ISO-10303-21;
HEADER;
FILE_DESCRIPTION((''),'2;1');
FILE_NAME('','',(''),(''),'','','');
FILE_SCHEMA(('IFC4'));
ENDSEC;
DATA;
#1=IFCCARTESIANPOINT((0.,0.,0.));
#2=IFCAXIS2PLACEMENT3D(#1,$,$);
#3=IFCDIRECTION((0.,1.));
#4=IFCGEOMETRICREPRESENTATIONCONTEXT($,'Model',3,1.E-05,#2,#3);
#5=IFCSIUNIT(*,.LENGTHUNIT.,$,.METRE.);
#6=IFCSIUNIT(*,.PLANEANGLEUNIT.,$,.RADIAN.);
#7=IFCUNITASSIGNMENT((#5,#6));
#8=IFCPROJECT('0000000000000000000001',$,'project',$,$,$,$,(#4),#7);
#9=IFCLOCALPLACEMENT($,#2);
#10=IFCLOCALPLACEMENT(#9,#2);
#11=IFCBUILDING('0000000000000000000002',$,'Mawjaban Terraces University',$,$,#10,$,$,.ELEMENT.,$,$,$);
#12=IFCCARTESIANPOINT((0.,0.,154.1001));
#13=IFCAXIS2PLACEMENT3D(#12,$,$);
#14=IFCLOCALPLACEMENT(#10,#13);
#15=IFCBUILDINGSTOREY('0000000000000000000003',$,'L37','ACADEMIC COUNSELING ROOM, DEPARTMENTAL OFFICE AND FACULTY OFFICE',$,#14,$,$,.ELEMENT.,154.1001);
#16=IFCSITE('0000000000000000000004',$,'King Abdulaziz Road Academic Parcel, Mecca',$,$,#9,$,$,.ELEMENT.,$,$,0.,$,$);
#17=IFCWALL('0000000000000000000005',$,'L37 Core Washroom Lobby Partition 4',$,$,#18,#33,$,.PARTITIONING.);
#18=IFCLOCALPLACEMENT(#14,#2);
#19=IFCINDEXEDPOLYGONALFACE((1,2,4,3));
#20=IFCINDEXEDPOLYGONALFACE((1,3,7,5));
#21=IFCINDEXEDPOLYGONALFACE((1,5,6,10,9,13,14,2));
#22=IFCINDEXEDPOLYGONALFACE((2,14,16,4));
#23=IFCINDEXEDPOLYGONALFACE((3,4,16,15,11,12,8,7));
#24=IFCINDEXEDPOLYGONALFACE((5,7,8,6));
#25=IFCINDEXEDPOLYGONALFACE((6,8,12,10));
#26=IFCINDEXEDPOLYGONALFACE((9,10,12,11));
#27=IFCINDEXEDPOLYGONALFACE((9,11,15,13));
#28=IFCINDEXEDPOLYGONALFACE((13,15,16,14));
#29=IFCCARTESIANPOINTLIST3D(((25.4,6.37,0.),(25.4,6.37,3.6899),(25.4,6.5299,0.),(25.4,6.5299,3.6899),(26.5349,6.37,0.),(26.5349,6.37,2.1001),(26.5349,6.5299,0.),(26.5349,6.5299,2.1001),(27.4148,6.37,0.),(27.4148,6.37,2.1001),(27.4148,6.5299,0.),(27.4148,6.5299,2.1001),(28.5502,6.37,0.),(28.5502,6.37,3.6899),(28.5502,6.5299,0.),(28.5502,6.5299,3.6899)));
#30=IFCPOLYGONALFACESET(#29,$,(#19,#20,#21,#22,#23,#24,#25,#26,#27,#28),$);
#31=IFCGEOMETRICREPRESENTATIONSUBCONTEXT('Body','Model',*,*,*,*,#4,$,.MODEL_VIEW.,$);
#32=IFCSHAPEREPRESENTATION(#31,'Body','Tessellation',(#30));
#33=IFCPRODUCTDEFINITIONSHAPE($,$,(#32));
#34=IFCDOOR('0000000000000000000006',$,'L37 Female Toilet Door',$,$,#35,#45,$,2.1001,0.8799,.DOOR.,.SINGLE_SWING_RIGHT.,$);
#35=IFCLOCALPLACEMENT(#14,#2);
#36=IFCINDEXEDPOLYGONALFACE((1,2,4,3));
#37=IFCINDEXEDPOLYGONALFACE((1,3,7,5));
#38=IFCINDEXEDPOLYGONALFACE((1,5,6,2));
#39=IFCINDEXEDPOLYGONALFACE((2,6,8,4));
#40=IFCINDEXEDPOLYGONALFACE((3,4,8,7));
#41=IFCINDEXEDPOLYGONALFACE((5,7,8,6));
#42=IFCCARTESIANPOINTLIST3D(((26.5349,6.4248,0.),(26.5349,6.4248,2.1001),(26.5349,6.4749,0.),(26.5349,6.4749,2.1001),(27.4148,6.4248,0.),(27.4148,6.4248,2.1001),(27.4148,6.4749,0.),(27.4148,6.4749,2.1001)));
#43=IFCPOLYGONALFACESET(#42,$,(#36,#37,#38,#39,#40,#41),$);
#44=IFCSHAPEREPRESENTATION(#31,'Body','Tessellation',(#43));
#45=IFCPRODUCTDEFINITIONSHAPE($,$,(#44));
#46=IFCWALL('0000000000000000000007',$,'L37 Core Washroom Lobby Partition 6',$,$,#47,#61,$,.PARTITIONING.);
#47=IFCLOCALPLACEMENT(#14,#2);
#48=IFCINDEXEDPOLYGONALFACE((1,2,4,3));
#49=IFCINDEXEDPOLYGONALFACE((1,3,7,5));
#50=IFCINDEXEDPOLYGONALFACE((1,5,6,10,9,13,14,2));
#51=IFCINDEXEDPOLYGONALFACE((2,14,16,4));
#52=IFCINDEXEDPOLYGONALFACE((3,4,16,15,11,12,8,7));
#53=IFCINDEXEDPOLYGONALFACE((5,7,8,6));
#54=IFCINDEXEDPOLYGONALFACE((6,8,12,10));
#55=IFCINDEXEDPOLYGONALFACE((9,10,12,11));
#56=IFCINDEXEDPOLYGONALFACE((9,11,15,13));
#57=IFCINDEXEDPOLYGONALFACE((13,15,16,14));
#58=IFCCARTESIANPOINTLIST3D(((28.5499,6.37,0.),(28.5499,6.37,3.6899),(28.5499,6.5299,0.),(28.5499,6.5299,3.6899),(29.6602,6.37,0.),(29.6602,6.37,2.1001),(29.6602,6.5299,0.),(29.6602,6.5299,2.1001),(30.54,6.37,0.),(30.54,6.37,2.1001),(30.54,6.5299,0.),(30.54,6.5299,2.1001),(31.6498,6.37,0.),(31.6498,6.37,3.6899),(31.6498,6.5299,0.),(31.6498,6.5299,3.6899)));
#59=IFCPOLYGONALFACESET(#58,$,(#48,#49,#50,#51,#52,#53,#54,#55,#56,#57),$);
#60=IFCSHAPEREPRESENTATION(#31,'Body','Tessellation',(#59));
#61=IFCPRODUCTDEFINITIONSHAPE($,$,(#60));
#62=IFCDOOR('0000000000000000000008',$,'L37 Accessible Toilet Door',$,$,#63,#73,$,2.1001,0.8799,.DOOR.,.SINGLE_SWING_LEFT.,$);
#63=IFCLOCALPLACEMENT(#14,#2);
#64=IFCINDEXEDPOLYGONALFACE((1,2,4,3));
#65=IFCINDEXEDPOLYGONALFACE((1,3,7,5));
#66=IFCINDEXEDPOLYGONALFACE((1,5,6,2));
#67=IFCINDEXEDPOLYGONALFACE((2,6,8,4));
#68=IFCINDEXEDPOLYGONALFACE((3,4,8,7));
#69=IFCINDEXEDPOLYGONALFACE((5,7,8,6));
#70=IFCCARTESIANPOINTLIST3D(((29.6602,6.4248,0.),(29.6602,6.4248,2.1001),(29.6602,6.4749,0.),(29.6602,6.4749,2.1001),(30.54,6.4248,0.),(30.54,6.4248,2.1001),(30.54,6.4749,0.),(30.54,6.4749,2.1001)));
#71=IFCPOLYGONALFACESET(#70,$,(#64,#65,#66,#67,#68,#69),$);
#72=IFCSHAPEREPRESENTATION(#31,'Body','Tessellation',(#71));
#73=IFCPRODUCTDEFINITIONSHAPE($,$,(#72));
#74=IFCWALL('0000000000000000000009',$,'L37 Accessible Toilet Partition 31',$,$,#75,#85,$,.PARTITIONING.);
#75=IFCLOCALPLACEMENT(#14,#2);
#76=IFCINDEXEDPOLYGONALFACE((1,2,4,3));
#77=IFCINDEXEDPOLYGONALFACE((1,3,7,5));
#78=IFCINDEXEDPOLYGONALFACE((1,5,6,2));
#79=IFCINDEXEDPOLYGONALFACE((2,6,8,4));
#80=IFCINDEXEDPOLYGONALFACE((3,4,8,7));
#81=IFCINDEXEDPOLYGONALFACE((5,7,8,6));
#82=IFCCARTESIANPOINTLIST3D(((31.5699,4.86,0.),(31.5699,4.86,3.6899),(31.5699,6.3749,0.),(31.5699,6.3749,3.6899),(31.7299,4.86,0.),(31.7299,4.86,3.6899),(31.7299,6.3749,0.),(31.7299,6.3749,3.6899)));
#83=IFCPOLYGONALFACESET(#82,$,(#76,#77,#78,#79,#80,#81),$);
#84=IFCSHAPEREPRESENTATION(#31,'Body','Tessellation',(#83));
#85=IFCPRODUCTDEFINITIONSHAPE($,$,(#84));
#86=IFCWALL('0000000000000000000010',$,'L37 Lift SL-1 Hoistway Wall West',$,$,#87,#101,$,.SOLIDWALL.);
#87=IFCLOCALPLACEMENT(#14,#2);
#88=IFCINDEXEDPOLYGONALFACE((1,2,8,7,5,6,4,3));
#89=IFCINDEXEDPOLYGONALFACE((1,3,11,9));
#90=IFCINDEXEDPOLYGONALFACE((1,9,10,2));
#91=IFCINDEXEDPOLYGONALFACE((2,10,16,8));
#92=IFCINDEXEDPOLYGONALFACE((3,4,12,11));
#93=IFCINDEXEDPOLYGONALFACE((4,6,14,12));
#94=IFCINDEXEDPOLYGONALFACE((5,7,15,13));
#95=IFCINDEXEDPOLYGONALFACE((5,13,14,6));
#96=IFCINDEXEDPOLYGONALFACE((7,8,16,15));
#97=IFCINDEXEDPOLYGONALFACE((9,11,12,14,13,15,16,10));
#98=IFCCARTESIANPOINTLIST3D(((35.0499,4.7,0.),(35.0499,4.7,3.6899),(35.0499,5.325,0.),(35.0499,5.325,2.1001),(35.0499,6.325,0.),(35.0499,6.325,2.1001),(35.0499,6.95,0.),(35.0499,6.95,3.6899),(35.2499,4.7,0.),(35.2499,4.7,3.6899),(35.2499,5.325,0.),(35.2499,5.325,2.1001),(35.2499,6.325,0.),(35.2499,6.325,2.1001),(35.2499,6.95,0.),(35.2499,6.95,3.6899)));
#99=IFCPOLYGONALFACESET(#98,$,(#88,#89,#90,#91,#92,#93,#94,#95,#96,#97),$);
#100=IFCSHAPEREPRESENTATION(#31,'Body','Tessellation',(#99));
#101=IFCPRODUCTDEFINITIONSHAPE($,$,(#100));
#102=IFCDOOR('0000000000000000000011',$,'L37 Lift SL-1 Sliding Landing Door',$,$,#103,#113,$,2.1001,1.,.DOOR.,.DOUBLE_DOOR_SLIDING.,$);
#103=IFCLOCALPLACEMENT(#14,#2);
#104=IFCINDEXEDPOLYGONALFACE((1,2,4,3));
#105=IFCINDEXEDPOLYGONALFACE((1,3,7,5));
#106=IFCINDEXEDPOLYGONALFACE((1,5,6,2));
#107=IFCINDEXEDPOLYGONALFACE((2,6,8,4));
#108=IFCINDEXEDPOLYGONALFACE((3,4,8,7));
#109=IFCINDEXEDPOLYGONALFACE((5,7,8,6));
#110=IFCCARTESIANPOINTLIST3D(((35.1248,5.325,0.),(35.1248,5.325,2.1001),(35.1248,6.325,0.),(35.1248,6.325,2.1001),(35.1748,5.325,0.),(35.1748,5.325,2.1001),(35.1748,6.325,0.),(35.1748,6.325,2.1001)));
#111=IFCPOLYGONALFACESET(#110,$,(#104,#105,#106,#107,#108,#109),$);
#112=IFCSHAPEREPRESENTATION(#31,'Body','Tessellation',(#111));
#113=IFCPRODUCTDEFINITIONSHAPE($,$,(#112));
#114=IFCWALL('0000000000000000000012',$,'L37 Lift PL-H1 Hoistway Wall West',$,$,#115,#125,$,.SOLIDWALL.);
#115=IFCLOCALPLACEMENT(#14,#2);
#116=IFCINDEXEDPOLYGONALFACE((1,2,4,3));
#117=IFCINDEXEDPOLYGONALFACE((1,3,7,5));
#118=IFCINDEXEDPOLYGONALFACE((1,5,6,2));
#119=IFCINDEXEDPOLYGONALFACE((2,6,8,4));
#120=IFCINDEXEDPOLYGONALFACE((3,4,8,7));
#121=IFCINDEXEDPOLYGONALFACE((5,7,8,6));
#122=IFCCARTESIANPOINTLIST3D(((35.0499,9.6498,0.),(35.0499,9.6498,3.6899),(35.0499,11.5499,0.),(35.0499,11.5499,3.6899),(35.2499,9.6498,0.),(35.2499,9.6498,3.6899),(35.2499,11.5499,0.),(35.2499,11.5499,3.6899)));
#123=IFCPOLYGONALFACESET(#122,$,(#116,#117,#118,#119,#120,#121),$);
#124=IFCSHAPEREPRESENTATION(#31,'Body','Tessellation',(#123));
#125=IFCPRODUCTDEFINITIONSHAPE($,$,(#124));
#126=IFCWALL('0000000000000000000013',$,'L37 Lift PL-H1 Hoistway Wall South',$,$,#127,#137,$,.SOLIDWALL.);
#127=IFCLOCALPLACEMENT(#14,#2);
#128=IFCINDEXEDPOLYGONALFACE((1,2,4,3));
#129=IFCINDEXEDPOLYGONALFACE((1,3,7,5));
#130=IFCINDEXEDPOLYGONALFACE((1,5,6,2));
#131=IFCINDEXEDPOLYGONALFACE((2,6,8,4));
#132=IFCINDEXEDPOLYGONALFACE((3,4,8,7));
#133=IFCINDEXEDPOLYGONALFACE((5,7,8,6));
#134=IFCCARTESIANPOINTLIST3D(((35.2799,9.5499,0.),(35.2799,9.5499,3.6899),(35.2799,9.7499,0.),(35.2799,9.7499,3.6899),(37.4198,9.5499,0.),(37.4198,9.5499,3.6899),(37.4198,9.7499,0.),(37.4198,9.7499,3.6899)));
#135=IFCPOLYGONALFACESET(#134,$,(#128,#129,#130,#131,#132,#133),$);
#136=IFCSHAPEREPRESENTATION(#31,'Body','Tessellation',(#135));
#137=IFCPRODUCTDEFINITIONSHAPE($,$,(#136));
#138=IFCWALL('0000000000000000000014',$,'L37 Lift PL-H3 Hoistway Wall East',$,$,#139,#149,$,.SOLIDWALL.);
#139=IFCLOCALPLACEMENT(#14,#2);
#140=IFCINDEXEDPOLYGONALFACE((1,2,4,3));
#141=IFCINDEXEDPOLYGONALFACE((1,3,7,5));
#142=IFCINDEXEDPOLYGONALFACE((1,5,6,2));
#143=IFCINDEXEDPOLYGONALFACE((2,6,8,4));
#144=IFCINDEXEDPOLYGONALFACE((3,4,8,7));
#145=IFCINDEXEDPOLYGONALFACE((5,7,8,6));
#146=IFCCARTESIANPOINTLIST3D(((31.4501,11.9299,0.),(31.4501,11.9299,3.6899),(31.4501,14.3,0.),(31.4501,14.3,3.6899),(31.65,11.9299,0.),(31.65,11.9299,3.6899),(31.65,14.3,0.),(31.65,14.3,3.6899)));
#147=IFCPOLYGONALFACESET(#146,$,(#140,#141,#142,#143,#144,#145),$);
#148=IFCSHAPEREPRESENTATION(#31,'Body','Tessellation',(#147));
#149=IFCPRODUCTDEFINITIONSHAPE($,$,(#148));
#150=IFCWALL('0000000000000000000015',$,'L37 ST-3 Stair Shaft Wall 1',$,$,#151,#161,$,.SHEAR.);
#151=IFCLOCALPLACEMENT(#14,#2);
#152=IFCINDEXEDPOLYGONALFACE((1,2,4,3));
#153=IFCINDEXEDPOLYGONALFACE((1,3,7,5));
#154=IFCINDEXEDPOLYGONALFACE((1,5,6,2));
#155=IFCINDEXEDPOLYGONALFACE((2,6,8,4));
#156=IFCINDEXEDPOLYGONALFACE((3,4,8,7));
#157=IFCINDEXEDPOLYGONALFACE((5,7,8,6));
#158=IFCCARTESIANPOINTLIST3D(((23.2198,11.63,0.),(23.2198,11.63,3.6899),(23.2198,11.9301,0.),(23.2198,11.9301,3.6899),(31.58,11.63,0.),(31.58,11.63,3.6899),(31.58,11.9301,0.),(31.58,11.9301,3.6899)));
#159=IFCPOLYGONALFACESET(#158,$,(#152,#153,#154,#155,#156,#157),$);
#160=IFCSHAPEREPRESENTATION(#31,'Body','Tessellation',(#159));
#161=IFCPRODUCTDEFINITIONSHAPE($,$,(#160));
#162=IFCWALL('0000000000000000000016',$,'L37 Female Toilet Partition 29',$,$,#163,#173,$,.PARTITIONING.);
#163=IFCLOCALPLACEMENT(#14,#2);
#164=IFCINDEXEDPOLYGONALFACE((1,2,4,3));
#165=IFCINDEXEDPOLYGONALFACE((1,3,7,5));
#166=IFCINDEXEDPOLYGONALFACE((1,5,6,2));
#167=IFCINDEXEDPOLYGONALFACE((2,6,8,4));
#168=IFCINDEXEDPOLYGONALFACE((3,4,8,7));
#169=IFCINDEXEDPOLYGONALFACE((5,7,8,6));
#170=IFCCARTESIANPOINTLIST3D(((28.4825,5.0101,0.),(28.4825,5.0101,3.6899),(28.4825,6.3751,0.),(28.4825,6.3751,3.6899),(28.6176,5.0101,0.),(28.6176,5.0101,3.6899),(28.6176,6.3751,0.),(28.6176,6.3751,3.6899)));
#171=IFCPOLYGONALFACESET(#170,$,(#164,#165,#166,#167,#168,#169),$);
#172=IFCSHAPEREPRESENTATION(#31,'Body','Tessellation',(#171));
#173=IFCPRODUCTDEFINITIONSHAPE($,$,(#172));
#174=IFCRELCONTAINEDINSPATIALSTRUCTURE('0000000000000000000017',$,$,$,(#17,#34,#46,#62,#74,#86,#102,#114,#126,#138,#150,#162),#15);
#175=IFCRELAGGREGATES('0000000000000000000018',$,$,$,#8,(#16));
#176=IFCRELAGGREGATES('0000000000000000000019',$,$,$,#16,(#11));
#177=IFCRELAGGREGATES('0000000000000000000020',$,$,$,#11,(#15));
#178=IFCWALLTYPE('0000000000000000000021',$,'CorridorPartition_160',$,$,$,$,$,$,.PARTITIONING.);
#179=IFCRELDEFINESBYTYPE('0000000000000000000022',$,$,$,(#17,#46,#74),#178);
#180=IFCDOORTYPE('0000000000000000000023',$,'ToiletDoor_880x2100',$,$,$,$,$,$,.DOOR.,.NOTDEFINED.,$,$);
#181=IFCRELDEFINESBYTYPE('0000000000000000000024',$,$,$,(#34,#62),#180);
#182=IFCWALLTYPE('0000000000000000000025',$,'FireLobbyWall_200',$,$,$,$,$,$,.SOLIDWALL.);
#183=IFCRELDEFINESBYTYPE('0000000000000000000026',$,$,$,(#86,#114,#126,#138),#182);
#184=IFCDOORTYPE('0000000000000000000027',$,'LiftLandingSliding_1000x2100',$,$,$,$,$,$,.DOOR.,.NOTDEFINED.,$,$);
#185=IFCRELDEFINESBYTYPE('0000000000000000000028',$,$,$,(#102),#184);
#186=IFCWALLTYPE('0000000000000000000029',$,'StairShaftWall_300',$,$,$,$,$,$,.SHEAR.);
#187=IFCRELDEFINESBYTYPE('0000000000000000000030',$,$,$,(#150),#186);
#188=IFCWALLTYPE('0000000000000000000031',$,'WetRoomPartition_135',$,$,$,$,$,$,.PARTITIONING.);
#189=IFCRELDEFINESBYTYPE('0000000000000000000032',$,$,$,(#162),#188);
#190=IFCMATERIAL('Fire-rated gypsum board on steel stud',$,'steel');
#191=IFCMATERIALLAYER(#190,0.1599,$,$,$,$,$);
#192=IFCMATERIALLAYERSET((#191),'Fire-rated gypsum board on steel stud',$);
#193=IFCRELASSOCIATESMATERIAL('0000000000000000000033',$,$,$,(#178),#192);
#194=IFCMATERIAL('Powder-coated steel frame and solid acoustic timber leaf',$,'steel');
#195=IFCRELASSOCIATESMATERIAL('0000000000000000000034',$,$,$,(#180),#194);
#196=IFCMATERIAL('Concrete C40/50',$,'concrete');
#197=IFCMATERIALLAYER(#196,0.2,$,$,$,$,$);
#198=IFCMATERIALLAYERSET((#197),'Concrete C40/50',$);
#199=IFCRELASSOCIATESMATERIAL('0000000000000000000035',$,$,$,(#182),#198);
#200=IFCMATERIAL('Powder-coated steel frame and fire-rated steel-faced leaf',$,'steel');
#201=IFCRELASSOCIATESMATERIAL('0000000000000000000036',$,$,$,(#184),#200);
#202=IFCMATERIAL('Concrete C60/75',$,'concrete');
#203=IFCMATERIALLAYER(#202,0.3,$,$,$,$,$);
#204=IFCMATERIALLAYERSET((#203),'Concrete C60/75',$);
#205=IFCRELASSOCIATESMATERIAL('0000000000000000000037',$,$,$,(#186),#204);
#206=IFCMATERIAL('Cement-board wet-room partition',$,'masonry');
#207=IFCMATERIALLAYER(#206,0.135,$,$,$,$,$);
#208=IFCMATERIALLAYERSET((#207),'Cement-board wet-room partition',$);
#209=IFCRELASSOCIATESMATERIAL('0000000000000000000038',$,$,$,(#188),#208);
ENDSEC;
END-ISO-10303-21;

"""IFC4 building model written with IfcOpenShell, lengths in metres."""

from ifc_helpers import new_model, si_unit, direction, frame, frame_2d, origin, place, context, subcontext, project, spatial, rectangle, extrude, material, layer, layer_set, type_object, element, fill, save


model = new_model("IFC4")

# Units and contexts
model_context = context("Model", 3, precision=1e-05, world=origin(), true_north=direction((0.0, 1.0)))
body_context = subcontext(model_context, "Body", "Model", "MODEL_VIEW")
ifc_project = project(units=[si_unit("LENGTHUNIT", "METRE"), si_unit("PLANEANGLEUNIT", "RADIAN")], contexts=[model_context])

# Site, building, storey
site_placement = place(None, origin())
site = spatial("IfcSite", under=ifc_project, at=site_placement, Name="King Abdulaziz Road Academic Parcel, Mecca", CompositionType="ELEMENT", RefElevation=0.0)
building_placement = place(site_placement, origin())
building = spatial("IfcBuilding", under=site, at=building_placement, Name="Mawjaban Terraces University", CompositionType="ELEMENT")
storey_placement = place(building_placement, frame((0.0, 0.0, 154.1001)))
storey = spatial("IfcBuildingStorey", under=building, at=storey_placement, Name="L37", Description="ACADEMIC COUNSELING ROOM, DEPARTMENTAL OFFICE AND FACULTY OFFICE", CompositionType="ELEMENT", Elevation=154.1001)

# Walls, openings, doors
ifc_material_1 = material(Name="Fire-rated gypsum board on steel stud", Category="steel")
ifc_layer_1 = layer(ifc_material_1, 0.1599)
ifc_layer_set_1 = layer_set([ifc_layer_1], Name="Fire-rated gypsum board on steel stud")
wall_type_1 = type_object("IfcWallType", Name="CorridorPartition_160", PredefinedType="PARTITIONING", material=ifc_layer_set_1)
wall_1_placement = place(storey_placement, frame((25.3999, 6.45, 0.0), z_axis=(0.0, 0.0, 1.0), x_axis=(1.0, 0.0, 0.0)))
wall_1 = element("IfcWall", 1, at=wall_1_placement, inside=storey, type_object=wall_type_1, Name="L37 Core Washroom Lobby Partition 4", PredefinedType="PARTITIONING", context=body_context, shape_type="SweptSolid", body=[
    extrude(rectangle(XDim=3.1501, YDim=0.1599, at=frame_2d((1.5752, 0.0))), origin(), (0.0, 0.0, 1.0), 3.6899),
])
opening_1_placement = place(wall_1_placement, frame((1.135, 0.0, 0.0)))
opening_1 = element("IfcOpeningElement", 2, at=opening_1_placement, cuts=wall_1, PredefinedType="OPENING", context=body_context, shape_type="SweptSolid", body=[
    extrude(rectangle(XDim=0.8799, YDim=2.1001, at=frame_2d((0.4399, 1.05))), frame((0.0, 0.0898, 0.0), z_axis=(0.0, -1.0, 0.0), x_axis=(1.0, 0.0, 0.0)), (0.0, 0.0, 1.0), 0.1799),
])
ifc_material_2 = material(Name="Powder-coated steel frame and solid acoustic timber leaf", Category="steel")
door_type_1 = type_object("IfcDoorType", Name="ToiletDoor_880x2100", OperationType="NOTDEFINED", PredefinedType="DOOR", material=ifc_material_2)
door_1_placement = place(opening_1_placement, origin())
door_1 = element("IfcDoor", 3, at=door_1_placement, inside=storey, type_object=door_type_1, Name="L37 Female Toilet Door", OperationType="SINGLE_SWING_RIGHT", OverallHeight=2.1001, OverallWidth=0.8799, PredefinedType="DOOR", context=body_context, shape_type="SweptSolid", body=[
    extrude(rectangle(XDim=0.8799, YDim=2.1001, at=frame_2d((0.4399, 1.05))), frame((0.0, 0.0249, 0.0), z_axis=(0.0, -1.0, 0.0), x_axis=(1.0, 0.0, 0.0)), (0.0, 0.0, 1.0), 0.05),
])
fill(opening_1, door_1)
wall_2_placement = place(storey_placement, frame((28.55, 6.45, 0.0), z_axis=(0.0, 0.0, 1.0), x_axis=(1.0, 0.0, 0.0)))
wall_2 = element("IfcWall", 4, at=wall_2_placement, inside=storey, type_object=wall_type_1, Name="L37 Core Washroom Lobby Partition 6", PredefinedType="PARTITIONING", context=body_context, shape_type="SweptSolid", body=[
    extrude(rectangle(XDim=3.0999, YDim=0.1599, at=frame_2d((1.5498, 0.0))), origin(), (0.0, 0.0, 1.0), 3.6899),
])
opening_2_placement = place(wall_2_placement, frame((1.1101, 0.0, 0.0)))
opening_2 = element("IfcOpeningElement", 5, at=opening_2_placement, cuts=wall_2, PredefinedType="OPENING", context=body_context, shape_type="SweptSolid", body=[
    extrude(rectangle(XDim=0.8799, YDim=2.1001, at=frame_2d((0.4399, 1.05))), frame((0.0, 0.0898, 0.0), z_axis=(0.0, -1.0, 0.0), x_axis=(1.0, 0.0, 0.0)), (0.0, 0.0, 1.0), 0.1799),
])
door_2_placement = place(opening_2_placement, origin())
door_2 = element("IfcDoor", 6, at=door_2_placement, inside=storey, type_object=door_type_1, Name="L37 Accessible Toilet Door", OperationType="SINGLE_SWING_LEFT", OverallHeight=2.1001, OverallWidth=0.8799, PredefinedType="DOOR", context=body_context, shape_type="SweptSolid", body=[
    extrude(rectangle(XDim=0.8799, YDim=2.1001, at=frame_2d((0.4399, 1.05))), frame((0.0, 0.0249, 0.0), z_axis=(0.0, -1.0, 0.0), x_axis=(1.0, 0.0, 0.0)), (0.0, 0.0, 1.0), 0.05),
])
fill(opening_2, door_2)

# Wall
wall_3_placement = place(storey_placement, frame((31.6499, 4.8601, 0.0), z_axis=(0.0, 0.0, 1.0), x_axis=(0.0, 1.0, 0.0)))
element("IfcWall", 7, at=wall_3_placement, inside=storey, type_object=wall_type_1, Name="L37 Accessible Toilet Partition 31", PredefinedType="PARTITIONING", context=body_context, shape_type="SweptSolid", body=[
    extrude(rectangle(XDim=1.5149, YDim=0.1599, at=frame_2d((0.7573, 0.0))), origin(), (0.0, 0.0, 1.0), 3.6899),
])

# Wall, opening, door
ifc_material_3 = material(Name="Concrete C40/50", Category="concrete")
ifc_layer_2 = layer(ifc_material_3, 0.2)
ifc_layer_set_2 = layer_set([ifc_layer_2], Name="Concrete C40/50")
wall_type_2 = type_object("IfcWallType", Name="FireLobbyWall_200", PredefinedType="SOLIDWALL", material=ifc_layer_set_2)
wall_4_placement = place(storey_placement, frame((35.1499, 6.95, 0.0), z_axis=(0.0, 0.0, 1.0), x_axis=(0.0, -1.0, 0.0)))
wall_4 = element("IfcWall", 8, at=wall_4_placement, inside=storey, type_object=wall_type_2, Name="L37 Lift SL-1 Hoistway Wall West", PredefinedType="SOLIDWALL", context=body_context, shape_type="SweptSolid", body=[
    extrude(rectangle(XDim=2.25, YDim=0.2, at=frame_2d((1.125, 0.0))), origin(), (0.0, 0.0, 1.0), 3.6899),
])
opening_3_placement = place(wall_4_placement, frame((0.625, 0.0, 0.0)))
opening_3 = element("IfcOpeningElement", 9, at=opening_3_placement, cuts=wall_4, PredefinedType="OPENING", context=body_context, shape_type="SweptSolid", body=[
    extrude(rectangle(XDim=1.0, YDim=2.1001, at=frame_2d((0.5, 1.05))), frame((0.0, 0.1099, 0.0), z_axis=(0.0, -1.0, 0.0), x_axis=(1.0, 0.0, 0.0)), (0.0, 0.0, 1.0), 0.22),
])
ifc_material_4 = material(Name="Powder-coated steel frame and fire-rated steel-faced leaf", Category="steel")
door_type_2 = type_object("IfcDoorType", Name="LiftLandingSliding_1000x2100", OperationType="NOTDEFINED", PredefinedType="DOOR", material=ifc_material_4)
door_3_placement = place(opening_3_placement, origin())
door_3 = element("IfcDoor", 10, at=door_3_placement, inside=storey, type_object=door_type_2, Name="L37 Lift SL-1 Sliding Landing Door", OperationType="DOUBLE_DOOR_SLIDING", OverallHeight=2.1001, OverallWidth=1.0, PredefinedType="DOOR", context=body_context, shape_type="SweptSolid", body=[
    extrude(rectangle(XDim=1.0, YDim=2.1001, at=frame_2d((0.5, 1.05))), frame((0.0, 0.0249, 0.0), z_axis=(0.0, -1.0, 0.0), x_axis=(1.0, 0.0, 0.0)), (0.0, 0.0, 1.0), 0.05),
])
fill(opening_3, door_3)

# Walls
wall_5_placement = place(storey_placement, frame((35.1499, 11.55, 0.0), z_axis=(0.0, 0.0, 1.0), x_axis=(0.0, -1.0, 0.0)))
element("IfcWall", 11, at=wall_5_placement, inside=storey, type_object=wall_type_2, Name="L37 Lift PL-H1 Hoistway Wall West", PredefinedType="SOLIDWALL", context=body_context, shape_type="SweptSolid", body=[
    extrude(rectangle(XDim=1.9001, YDim=0.2, at=frame_2d((0.9502, 0.0))), origin(), (0.0, 0.0, 1.0), 3.6899),
])
wall_6_placement = place(storey_placement, frame((35.28, 9.6499, 0.0), z_axis=(0.0, 0.0, 1.0), x_axis=(1.0, 0.0, 0.0)))
element("IfcWall", 12, at=wall_6_placement, inside=storey, type_object=wall_type_2, Name="L37 Lift PL-H1 Hoistway Wall South", PredefinedType="SOLIDWALL", context=body_context, shape_type="SweptSolid", body=[
    extrude(rectangle(XDim=2.1399, YDim=0.2, at=frame_2d((1.0698, 0.0))), origin(), (0.0, 0.0, 1.0), 3.6899),
])
wall_7_placement = place(storey_placement, frame((31.55, 11.9299, 0.0), z_axis=(0.0, 0.0, 1.0), x_axis=(0.0, 1.0, 0.0)))
element("IfcWall", 13, at=wall_7_placement, inside=storey, type_object=wall_type_2, Name="L37 Lift PL-H3 Hoistway Wall East", PredefinedType="SOLIDWALL", context=body_context, shape_type="SweptSolid", body=[
    extrude(rectangle(XDim=2.3701, YDim=0.2, at=frame_2d((1.1851, 0.0))), origin(), (0.0, 0.0, 1.0), 3.6899),
])
ifc_material_5 = material(Name="Concrete C60/75", Category="concrete")
ifc_layer_3 = layer(ifc_material_5, 0.3)
ifc_layer_set_3 = layer_set([ifc_layer_3], Name="Concrete C60/75")
wall_type_3 = type_object("IfcWallType", Name="StairShaftWall_300", PredefinedType="SHEAR", material=ifc_layer_set_3)
wall_8_placement = place(storey_placement, frame((31.5801, 11.78, 0.0), z_axis=(0.0, 0.0, 1.0), x_axis=(-1.0, 0.0, 0.0)))
element("IfcWall", 14, at=wall_8_placement, inside=storey, type_object=wall_type_3, Name="L37 ST-3 Stair Shaft Wall 1", PredefinedType="SHEAR", context=body_context, shape_type="SweptSolid", body=[
    extrude(rectangle(XDim=8.3601, YDim=0.3, at=frame_2d((4.1802, 0.0))), origin(), (0.0, 0.0, 1.0), 3.6899),
])

# Wall
ifc_material_6 = material(Name="Cement-board wet-room partition", Category="masonry")
ifc_layer_4 = layer(ifc_material_6, 0.135)
ifc_layer_set_4 = layer_set([ifc_layer_4], Name="Cement-board wet-room partition")
wall_type_4 = type_object("IfcWallType", Name="WetRoomPartition_135", PredefinedType="PARTITIONING", material=ifc_layer_set_4)
wall_9_placement = place(storey_placement, frame((28.55, 5.01, 0.0), z_axis=(0.0, 0.0, 1.0), x_axis=(0.0, 1.0, 0.0)))
element("IfcWall", 15, at=wall_9_placement, inside=storey, type_object=wall_type_4, Name="L37 Female Toilet Partition 29", PredefinedType="PARTITIONING", context=body_context, shape_type="SweptSolid", body=[
    extrude(rectangle(XDim=1.365, YDim=0.135, at=frame_2d((0.6826, 0.0))), origin(), (0.0, 0.0, 1.0), 3.6899),
])

save(model, "model.ifc")
